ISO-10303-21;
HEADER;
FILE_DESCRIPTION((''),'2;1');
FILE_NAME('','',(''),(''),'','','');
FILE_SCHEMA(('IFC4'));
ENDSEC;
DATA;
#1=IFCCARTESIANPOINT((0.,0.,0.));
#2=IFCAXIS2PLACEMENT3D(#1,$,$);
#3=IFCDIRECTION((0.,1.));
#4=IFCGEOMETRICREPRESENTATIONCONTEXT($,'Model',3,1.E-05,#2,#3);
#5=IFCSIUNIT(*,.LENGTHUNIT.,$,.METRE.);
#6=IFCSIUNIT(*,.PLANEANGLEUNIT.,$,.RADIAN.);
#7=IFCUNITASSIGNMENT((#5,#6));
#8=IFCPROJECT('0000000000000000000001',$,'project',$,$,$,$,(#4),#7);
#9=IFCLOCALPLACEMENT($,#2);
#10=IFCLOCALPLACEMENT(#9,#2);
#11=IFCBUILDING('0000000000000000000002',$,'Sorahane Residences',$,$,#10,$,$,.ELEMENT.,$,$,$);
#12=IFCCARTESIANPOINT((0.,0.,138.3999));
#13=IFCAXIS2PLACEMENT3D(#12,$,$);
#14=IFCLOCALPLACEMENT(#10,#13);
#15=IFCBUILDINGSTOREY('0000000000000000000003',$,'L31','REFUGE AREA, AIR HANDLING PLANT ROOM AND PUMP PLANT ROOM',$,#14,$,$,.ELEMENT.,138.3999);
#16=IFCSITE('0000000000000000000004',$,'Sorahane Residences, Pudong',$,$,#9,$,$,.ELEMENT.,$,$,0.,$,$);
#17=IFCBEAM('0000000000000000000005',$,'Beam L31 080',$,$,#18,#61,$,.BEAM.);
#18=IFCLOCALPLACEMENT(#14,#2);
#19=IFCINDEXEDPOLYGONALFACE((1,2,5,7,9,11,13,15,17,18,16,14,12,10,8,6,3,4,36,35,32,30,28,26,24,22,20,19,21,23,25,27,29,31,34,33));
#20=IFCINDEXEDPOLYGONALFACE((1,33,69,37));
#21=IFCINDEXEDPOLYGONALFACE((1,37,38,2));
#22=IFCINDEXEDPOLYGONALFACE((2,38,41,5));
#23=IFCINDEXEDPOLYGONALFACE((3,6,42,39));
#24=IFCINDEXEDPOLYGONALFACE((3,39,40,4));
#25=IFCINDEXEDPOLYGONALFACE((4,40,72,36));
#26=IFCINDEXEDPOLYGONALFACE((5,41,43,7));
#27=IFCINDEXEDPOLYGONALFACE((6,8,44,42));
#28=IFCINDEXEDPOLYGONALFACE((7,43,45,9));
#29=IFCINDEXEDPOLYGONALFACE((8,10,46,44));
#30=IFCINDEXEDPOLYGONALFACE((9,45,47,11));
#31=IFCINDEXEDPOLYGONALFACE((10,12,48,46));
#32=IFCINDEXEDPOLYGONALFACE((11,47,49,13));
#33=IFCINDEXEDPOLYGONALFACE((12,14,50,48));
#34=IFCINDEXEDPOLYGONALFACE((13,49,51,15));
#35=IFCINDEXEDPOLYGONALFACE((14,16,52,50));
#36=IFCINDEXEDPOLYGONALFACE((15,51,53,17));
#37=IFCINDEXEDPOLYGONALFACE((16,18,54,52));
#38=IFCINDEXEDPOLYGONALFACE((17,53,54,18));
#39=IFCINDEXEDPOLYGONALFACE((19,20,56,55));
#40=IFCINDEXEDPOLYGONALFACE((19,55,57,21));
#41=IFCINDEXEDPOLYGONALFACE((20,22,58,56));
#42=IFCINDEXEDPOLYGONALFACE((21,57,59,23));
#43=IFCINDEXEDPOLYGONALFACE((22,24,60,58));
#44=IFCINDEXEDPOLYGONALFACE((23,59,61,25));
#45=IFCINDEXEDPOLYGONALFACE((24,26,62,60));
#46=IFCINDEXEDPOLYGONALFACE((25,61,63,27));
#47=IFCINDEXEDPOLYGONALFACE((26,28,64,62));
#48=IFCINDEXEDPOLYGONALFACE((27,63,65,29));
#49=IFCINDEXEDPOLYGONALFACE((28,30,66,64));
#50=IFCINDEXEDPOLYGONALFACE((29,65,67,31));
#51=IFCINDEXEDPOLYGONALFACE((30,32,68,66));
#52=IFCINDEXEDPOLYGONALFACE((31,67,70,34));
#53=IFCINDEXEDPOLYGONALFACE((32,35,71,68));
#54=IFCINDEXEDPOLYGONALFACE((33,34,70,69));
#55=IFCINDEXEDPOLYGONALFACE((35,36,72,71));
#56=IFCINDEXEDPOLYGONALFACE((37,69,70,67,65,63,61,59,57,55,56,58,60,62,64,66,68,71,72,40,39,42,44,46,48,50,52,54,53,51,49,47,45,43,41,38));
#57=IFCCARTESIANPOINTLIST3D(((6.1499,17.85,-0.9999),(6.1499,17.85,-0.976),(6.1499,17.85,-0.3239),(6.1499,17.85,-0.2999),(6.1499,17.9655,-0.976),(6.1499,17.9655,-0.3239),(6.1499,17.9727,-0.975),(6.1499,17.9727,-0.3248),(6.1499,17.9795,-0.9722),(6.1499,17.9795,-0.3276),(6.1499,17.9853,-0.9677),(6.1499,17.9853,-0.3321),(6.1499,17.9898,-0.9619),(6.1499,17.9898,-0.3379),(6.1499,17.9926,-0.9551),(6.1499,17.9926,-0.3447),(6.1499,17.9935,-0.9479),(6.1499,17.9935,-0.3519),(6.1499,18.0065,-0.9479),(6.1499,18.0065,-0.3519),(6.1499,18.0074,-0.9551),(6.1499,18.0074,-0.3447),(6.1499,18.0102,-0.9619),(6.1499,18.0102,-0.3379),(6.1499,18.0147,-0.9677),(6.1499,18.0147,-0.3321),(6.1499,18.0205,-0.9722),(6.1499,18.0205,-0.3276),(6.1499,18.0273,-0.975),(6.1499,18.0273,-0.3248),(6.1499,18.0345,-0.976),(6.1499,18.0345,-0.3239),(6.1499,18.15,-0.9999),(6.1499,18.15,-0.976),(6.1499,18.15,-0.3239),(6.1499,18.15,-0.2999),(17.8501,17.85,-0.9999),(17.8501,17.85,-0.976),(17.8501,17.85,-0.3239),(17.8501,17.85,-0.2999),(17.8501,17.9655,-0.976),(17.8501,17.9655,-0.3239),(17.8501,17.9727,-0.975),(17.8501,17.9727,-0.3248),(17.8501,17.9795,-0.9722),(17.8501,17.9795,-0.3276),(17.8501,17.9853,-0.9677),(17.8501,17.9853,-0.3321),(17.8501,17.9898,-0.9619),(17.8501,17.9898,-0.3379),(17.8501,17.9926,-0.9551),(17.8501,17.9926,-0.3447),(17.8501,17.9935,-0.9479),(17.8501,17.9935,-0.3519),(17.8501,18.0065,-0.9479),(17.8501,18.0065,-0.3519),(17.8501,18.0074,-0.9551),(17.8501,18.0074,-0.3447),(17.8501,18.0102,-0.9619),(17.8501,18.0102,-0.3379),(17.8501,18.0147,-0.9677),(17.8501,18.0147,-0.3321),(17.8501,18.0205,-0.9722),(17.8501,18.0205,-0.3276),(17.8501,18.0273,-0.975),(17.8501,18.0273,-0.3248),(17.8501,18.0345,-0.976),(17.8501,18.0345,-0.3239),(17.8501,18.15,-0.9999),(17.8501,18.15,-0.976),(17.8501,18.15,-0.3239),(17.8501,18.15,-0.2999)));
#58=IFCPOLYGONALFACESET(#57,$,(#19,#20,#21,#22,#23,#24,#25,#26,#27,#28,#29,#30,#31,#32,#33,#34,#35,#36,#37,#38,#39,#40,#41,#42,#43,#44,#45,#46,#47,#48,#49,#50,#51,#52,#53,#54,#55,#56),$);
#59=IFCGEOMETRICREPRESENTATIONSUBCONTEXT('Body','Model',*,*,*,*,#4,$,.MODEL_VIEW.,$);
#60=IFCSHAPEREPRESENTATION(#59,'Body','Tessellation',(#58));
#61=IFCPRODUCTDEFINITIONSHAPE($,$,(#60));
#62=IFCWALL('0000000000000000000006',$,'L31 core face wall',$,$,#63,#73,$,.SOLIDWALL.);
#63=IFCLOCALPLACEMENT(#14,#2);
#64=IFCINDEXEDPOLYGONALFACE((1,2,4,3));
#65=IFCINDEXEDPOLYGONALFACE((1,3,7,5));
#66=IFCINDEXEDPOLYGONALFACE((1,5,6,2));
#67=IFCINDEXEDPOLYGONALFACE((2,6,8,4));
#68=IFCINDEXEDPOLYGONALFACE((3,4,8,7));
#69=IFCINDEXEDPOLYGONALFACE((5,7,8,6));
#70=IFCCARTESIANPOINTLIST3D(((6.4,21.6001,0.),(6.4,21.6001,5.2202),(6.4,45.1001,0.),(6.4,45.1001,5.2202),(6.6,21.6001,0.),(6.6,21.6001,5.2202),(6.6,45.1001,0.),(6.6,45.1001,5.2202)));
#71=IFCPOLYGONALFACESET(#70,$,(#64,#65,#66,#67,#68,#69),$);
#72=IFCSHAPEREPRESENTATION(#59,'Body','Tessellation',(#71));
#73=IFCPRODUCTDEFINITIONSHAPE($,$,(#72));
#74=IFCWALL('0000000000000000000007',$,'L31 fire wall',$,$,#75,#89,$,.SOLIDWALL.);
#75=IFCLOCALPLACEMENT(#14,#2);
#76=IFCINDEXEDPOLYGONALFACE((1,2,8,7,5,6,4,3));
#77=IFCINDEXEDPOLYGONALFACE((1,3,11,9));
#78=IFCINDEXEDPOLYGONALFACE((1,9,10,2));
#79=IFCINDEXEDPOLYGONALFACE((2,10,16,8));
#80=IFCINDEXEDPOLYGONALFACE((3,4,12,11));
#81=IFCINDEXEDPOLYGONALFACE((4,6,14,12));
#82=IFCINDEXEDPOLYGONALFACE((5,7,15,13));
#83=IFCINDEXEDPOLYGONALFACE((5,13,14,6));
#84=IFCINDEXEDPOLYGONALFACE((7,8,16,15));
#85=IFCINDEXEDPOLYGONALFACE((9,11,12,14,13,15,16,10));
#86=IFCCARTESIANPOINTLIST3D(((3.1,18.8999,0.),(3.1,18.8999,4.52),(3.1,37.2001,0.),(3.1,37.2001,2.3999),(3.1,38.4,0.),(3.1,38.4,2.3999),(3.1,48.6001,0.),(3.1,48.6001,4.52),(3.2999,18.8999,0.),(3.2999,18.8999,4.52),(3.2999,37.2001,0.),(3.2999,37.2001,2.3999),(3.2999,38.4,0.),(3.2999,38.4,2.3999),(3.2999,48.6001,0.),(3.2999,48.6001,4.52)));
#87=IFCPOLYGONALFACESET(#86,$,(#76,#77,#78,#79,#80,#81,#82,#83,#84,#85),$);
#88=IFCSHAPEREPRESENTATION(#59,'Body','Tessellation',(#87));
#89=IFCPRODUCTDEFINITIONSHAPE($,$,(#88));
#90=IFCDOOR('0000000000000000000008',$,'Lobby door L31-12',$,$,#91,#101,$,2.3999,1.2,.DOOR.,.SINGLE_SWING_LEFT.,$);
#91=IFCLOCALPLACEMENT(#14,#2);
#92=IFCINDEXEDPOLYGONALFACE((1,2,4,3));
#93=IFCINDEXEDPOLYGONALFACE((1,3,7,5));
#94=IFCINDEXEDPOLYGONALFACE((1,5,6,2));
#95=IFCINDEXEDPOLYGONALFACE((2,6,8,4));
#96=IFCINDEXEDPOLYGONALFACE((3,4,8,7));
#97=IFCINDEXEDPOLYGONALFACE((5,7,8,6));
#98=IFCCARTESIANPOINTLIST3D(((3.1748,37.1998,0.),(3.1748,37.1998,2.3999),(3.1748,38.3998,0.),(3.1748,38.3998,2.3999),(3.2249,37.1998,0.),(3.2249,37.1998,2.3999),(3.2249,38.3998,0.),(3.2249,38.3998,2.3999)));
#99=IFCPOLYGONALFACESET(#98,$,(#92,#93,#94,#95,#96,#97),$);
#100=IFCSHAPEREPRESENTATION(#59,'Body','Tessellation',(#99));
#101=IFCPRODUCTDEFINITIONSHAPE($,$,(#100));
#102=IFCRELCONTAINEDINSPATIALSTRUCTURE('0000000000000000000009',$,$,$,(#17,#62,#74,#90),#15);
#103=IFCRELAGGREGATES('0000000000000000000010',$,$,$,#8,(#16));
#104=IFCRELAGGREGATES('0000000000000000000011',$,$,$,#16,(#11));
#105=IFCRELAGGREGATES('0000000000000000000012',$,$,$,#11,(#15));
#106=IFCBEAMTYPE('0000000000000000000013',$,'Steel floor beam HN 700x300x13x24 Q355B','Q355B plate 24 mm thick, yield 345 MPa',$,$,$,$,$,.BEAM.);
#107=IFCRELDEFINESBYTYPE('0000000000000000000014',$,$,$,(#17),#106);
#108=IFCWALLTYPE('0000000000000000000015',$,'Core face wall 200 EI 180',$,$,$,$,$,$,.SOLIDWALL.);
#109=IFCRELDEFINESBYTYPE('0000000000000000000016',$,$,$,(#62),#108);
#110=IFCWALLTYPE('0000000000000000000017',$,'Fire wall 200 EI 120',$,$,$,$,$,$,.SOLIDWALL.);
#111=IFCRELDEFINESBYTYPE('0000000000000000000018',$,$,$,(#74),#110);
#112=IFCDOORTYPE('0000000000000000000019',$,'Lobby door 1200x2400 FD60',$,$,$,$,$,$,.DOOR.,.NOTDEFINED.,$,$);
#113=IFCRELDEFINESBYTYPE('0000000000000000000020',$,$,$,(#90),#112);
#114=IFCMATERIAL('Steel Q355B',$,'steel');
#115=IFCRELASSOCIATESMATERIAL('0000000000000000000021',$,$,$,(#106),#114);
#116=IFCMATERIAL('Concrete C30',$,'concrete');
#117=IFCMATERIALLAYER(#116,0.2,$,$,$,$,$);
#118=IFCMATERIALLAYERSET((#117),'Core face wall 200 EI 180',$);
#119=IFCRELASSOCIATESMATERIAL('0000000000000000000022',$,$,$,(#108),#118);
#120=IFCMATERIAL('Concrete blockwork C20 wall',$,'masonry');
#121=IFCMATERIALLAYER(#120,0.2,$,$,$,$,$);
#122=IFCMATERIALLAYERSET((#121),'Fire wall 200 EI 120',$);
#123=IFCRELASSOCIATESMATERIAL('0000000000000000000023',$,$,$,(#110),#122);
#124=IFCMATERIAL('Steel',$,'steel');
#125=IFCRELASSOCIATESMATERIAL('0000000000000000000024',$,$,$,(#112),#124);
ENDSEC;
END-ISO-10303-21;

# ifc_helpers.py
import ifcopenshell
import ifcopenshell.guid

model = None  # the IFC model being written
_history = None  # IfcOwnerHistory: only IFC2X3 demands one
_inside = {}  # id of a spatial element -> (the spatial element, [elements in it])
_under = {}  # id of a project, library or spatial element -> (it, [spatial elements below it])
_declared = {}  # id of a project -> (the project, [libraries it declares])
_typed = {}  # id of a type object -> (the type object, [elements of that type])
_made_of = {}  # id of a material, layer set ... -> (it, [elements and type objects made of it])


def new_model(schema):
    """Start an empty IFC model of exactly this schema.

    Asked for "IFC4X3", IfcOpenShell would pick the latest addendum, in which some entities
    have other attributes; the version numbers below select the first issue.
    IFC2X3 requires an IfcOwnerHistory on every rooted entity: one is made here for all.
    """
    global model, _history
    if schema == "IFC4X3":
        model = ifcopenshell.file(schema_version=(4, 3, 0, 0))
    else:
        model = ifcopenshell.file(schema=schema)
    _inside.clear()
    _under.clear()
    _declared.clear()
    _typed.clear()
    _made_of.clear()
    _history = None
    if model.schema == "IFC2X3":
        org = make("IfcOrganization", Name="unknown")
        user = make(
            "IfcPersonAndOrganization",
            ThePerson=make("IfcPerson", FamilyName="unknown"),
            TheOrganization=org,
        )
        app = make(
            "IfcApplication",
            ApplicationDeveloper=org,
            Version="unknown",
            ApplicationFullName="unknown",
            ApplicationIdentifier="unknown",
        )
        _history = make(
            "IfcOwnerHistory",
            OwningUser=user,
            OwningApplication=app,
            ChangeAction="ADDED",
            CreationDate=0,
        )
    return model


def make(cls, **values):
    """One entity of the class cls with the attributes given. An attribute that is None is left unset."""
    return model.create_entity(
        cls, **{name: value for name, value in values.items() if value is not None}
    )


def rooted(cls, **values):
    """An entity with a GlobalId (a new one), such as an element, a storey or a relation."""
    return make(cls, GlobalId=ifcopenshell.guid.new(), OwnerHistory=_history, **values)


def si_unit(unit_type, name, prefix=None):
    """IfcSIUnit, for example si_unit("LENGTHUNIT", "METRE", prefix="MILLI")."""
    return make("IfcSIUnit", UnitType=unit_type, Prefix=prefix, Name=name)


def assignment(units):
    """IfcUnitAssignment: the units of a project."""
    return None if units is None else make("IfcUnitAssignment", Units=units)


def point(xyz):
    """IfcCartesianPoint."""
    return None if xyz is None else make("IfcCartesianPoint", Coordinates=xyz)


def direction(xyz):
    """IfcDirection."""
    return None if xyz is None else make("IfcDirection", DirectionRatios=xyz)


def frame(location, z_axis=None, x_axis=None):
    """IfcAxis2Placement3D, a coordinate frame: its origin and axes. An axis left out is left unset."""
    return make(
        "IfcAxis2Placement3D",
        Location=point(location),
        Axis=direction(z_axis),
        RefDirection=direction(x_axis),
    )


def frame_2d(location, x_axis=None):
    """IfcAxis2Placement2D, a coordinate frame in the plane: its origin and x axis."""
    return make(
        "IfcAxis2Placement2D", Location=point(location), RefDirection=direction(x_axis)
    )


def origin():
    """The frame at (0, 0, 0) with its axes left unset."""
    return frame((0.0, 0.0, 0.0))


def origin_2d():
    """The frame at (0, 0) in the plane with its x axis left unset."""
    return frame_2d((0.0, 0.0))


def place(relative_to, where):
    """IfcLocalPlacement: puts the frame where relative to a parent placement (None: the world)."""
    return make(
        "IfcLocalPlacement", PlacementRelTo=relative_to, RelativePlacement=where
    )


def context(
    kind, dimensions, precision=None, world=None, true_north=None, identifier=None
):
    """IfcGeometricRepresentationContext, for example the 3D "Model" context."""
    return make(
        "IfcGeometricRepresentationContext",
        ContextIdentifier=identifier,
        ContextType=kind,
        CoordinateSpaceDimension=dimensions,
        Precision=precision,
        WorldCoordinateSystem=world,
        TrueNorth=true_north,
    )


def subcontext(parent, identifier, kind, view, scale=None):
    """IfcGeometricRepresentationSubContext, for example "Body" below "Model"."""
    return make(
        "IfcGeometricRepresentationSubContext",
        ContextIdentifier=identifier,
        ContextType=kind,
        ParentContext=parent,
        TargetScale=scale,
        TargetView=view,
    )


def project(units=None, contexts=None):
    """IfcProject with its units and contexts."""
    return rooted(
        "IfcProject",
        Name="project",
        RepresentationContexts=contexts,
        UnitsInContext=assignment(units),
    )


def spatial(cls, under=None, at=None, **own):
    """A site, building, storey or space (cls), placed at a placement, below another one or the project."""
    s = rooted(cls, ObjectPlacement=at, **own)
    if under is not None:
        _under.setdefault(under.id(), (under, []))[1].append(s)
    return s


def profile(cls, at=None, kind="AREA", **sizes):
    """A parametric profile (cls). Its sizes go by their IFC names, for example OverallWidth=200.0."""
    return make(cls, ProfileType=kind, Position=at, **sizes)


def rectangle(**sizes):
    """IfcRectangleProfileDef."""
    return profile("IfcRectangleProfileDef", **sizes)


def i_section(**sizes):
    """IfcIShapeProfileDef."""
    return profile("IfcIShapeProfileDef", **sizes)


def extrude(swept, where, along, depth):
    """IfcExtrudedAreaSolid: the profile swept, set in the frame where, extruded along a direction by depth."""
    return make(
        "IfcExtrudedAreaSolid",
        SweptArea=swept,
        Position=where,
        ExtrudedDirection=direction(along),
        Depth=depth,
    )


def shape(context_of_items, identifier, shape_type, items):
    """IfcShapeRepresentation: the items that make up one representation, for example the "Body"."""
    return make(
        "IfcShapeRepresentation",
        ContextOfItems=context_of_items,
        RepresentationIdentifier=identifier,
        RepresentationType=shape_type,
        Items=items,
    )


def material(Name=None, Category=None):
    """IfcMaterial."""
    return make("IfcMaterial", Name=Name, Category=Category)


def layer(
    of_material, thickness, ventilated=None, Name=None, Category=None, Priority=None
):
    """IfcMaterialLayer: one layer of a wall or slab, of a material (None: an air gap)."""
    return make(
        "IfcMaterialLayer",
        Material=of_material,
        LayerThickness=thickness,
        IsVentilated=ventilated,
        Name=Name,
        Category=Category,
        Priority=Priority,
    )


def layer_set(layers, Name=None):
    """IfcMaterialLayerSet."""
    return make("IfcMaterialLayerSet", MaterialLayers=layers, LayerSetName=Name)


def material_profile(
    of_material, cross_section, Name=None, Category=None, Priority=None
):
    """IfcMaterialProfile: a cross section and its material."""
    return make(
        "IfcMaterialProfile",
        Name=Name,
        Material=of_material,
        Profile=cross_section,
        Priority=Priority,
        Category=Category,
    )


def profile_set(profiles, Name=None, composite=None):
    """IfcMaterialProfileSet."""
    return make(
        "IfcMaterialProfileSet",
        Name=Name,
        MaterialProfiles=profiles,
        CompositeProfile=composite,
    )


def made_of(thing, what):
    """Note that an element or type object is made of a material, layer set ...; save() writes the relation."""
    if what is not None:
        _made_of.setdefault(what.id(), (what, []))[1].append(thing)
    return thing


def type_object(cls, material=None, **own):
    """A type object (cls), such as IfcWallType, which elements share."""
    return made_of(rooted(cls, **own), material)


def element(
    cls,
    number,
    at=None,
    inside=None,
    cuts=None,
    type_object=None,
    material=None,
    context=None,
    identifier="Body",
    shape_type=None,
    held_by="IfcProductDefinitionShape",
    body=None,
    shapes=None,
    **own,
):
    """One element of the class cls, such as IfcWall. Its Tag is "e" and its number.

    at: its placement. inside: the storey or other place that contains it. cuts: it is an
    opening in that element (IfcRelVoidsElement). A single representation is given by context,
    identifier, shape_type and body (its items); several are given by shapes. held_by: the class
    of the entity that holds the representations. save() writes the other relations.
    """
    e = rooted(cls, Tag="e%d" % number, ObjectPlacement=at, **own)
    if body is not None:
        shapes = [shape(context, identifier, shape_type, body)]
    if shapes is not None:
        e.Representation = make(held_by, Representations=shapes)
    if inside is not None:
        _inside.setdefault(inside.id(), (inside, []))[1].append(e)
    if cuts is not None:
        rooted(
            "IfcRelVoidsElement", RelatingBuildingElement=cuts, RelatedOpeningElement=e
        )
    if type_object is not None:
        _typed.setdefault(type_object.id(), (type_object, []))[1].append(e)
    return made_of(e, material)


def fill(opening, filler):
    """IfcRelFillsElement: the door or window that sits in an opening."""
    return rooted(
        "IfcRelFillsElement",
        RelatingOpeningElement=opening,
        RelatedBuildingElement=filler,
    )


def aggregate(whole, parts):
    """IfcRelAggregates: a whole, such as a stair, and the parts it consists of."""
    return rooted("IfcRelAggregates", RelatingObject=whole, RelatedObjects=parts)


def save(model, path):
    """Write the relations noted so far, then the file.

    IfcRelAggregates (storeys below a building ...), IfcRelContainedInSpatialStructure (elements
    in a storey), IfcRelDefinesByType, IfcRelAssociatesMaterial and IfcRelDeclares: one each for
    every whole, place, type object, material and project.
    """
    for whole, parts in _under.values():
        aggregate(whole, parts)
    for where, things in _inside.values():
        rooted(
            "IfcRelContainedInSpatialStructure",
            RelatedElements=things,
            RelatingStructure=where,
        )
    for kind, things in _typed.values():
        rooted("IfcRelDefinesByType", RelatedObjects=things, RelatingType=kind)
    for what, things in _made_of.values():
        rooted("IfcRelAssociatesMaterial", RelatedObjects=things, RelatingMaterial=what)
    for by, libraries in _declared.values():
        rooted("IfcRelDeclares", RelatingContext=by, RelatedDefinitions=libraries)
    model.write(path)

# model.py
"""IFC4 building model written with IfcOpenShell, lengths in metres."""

from ifc_helpers import new_model, si_unit, direction, frame, frame_2d, origin, origin_2d, place, context, subcontext, project, spatial, rectangle, i_section, extrude, material, layer, layer_set, material_profile, profile_set, type_object, element, fill, save


model = new_model("IFC4")

# Units and contexts
model_context = context("Model", 3, precision=1e-05, world=origin(), true_north=direction((0.0, 1.0)))
body_context = subcontext(model_context, "Body", "Model", "MODEL_VIEW")
ifc_project = project(units=[si_unit("LENGTHUNIT", "METRE"), si_unit("PLANEANGLEUNIT", "RADIAN")], contexts=[model_context])

# Site, building, storey
site_placement = place(None, origin())
site = spatial("IfcSite", under=ifc_project, at=site_placement, Name="Sorahane Residences, Pudong", CompositionType="ELEMENT", RefElevation=0.0)
building_placement = place(site_placement, origin())
building = spatial("IfcBuilding", under=site, at=building_placement, Name="Sorahane Residences", CompositionType="ELEMENT")
storey_placement = place(building_placement, frame((0.0, 0.0, 138.3999)))
storey = spatial("IfcBuildingStorey", under=building, at=storey_placement, Name="L31", Description="REFUGE AREA, AIR HANDLING PLANT ROOM AND PUMP PLANT ROOM", CompositionType="ELEMENT", Elevation=138.3999)

# Beam
ifc_material_1 = material(Name="Steel Q355B", Category="steel")
ifc_material_profile_1 = material_profile(ifc_material_1, i_section(OverallWidth=0.3, OverallDepth=0.7, WebThickness=0.0129, FlangeThickness=0.0239, FilletRadius=0.0281, at=origin_2d()), Name="HN 700x300x13x24")
ifc_profile_set_1 = profile_set([ifc_material_profile_1], Name="Steel Q355B")
beam_type_1 = type_object("IfcBeamType", Name="Steel floor beam HN 700x300x13x24 Q355B", Description="Q355B plate 24 mm thick, yield 345 MPa", PredefinedType="BEAM", material=ifc_profile_set_1)
beam_1_placement = place(storey_placement, frame((6.1499, 18.0, -0.6499), z_axis=(1.0, 0.0, 0.0), x_axis=(0.0, 1.0, 0.0)))
element("IfcBeam", 1, at=beam_1_placement, inside=storey, type_object=beam_type_1, Name="Beam L31 080", PredefinedType="BEAM", context=body_context, shape_type="SweptSolid", body=[
    extrude(i_section(OverallWidth=0.3, OverallDepth=0.7, WebThickness=0.0129, FlangeThickness=0.0239, FilletRadius=0.0281, at=origin_2d()), origin(), (0.0, 0.0, 1.0), 11.7002),
])

# Wall
ifc_material_2 = material(Name="Concrete C30", Category="concrete")
ifc_layer_1 = layer(ifc_material_2, 0.2)
ifc_layer_set_1 = layer_set([ifc_layer_1], Name="Core face wall 200 EI 180")
wall_type_1 = type_object("IfcWallType", Name="Core face wall 200 EI 180", PredefinedType="SOLIDWALL", material=ifc_layer_set_1)
wall_1_placement = place(storey_placement, frame((6.5, 21.6001, 0.0), z_axis=(0.0, 0.0, 1.0), x_axis=(0.0, 1.0, 0.0)))
element("IfcWall", 2, at=wall_1_placement, inside=storey, type_object=wall_type_1, Name="L31 core face wall", PredefinedType="SOLIDWALL", context=body_context, shape_type="SweptSolid", body=[
    extrude(rectangle(XDim=23.5, YDim=0.2, at=frame_2d((11.75, 0.0))), origin(), (0.0, 0.0, 1.0), 5.2202),
])

# Wall, opening, door
ifc_material_3 = material(Name="Concrete blockwork C20 wall", Category="masonry")
ifc_layer_2 = layer(ifc_material_3, 0.2)
ifc_layer_set_2 = layer_set([ifc_layer_2], Name="Fire wall 200 EI 120")
wall_type_2 = type_object("IfcWallType", Name="Fire wall 200 EI 120", PredefinedType="SOLIDWALL", material=ifc_layer_set_2)
wall_2_placement = place(storey_placement, frame((3.2, 18.8999, 0.0), z_axis=(0.0, 0.0, 1.0), x_axis=(0.0, 1.0, 0.0)))
wall_2 = element("IfcWall", 3, at=wall_2_placement, inside=storey, type_object=wall_type_2, Name="L31 fire wall", PredefinedType="SOLIDWALL", context=body_context, shape_type="SweptSolid", body=[
    extrude(rectangle(XDim=29.7002, YDim=0.2, at=frame_2d((14.8501, 0.0))), origin(), (0.0, 0.0, 1.0), 4.52),
])
opening_1_placement = place(wall_2_placement, frame((18.3, 0.0, 0.0)))
opening_1 = element("IfcOpeningElement", 4, at=opening_1_placement, cuts=wall_2, PredefinedType="OPENING", context=body_context, shape_type="SweptSolid", body=[
    extrude(rectangle(XDim=1.2, YDim=2.3999, at=frame_2d((0.6001, 1.2))), frame((0.0, 0.1099, 0.0), z_axis=(0.0, -1.0, 0.0), x_axis=(1.0, 0.0, 0.0)), (0.0, 0.0, 1.0), 0.22),
])
ifc_material_4 = material(Name="Steel", Category="steel")
door_type_1 = type_object("IfcDoorType", Name="Lobby door 1200x2400 FD60", OperationType="NOTDEFINED", PredefinedType="DOOR", material=ifc_material_4)
door_1_placement = place(opening_1_placement, frame((1.2, 0.0, 0.0), z_axis=(0.0, 0.0, 1.0), x_axis=(-1.0, 0.0, 0.0)))
door_1 = element("IfcDoor", 5, at=door_1_placement, inside=storey, type_object=door_type_1, Name="Lobby door L31-12", OperationType="SINGLE_SWING_LEFT", OverallHeight=2.3999, OverallWidth=1.2, PredefinedType="DOOR", context=body_context, shape_type="SweptSolid", body=[
    extrude(rectangle(XDim=1.2, YDim=2.3999, at=frame_2d((0.6001, 1.2))), frame((0.0, 0.0249, 0.0), z_axis=(0.0, -1.0, 0.0), x_axis=(1.0, 0.0, 0.0)), (0.0, 0.0, 1.0), 0.05),
])
fill(opening_1, door_1)

save(model, "model.ifc")
